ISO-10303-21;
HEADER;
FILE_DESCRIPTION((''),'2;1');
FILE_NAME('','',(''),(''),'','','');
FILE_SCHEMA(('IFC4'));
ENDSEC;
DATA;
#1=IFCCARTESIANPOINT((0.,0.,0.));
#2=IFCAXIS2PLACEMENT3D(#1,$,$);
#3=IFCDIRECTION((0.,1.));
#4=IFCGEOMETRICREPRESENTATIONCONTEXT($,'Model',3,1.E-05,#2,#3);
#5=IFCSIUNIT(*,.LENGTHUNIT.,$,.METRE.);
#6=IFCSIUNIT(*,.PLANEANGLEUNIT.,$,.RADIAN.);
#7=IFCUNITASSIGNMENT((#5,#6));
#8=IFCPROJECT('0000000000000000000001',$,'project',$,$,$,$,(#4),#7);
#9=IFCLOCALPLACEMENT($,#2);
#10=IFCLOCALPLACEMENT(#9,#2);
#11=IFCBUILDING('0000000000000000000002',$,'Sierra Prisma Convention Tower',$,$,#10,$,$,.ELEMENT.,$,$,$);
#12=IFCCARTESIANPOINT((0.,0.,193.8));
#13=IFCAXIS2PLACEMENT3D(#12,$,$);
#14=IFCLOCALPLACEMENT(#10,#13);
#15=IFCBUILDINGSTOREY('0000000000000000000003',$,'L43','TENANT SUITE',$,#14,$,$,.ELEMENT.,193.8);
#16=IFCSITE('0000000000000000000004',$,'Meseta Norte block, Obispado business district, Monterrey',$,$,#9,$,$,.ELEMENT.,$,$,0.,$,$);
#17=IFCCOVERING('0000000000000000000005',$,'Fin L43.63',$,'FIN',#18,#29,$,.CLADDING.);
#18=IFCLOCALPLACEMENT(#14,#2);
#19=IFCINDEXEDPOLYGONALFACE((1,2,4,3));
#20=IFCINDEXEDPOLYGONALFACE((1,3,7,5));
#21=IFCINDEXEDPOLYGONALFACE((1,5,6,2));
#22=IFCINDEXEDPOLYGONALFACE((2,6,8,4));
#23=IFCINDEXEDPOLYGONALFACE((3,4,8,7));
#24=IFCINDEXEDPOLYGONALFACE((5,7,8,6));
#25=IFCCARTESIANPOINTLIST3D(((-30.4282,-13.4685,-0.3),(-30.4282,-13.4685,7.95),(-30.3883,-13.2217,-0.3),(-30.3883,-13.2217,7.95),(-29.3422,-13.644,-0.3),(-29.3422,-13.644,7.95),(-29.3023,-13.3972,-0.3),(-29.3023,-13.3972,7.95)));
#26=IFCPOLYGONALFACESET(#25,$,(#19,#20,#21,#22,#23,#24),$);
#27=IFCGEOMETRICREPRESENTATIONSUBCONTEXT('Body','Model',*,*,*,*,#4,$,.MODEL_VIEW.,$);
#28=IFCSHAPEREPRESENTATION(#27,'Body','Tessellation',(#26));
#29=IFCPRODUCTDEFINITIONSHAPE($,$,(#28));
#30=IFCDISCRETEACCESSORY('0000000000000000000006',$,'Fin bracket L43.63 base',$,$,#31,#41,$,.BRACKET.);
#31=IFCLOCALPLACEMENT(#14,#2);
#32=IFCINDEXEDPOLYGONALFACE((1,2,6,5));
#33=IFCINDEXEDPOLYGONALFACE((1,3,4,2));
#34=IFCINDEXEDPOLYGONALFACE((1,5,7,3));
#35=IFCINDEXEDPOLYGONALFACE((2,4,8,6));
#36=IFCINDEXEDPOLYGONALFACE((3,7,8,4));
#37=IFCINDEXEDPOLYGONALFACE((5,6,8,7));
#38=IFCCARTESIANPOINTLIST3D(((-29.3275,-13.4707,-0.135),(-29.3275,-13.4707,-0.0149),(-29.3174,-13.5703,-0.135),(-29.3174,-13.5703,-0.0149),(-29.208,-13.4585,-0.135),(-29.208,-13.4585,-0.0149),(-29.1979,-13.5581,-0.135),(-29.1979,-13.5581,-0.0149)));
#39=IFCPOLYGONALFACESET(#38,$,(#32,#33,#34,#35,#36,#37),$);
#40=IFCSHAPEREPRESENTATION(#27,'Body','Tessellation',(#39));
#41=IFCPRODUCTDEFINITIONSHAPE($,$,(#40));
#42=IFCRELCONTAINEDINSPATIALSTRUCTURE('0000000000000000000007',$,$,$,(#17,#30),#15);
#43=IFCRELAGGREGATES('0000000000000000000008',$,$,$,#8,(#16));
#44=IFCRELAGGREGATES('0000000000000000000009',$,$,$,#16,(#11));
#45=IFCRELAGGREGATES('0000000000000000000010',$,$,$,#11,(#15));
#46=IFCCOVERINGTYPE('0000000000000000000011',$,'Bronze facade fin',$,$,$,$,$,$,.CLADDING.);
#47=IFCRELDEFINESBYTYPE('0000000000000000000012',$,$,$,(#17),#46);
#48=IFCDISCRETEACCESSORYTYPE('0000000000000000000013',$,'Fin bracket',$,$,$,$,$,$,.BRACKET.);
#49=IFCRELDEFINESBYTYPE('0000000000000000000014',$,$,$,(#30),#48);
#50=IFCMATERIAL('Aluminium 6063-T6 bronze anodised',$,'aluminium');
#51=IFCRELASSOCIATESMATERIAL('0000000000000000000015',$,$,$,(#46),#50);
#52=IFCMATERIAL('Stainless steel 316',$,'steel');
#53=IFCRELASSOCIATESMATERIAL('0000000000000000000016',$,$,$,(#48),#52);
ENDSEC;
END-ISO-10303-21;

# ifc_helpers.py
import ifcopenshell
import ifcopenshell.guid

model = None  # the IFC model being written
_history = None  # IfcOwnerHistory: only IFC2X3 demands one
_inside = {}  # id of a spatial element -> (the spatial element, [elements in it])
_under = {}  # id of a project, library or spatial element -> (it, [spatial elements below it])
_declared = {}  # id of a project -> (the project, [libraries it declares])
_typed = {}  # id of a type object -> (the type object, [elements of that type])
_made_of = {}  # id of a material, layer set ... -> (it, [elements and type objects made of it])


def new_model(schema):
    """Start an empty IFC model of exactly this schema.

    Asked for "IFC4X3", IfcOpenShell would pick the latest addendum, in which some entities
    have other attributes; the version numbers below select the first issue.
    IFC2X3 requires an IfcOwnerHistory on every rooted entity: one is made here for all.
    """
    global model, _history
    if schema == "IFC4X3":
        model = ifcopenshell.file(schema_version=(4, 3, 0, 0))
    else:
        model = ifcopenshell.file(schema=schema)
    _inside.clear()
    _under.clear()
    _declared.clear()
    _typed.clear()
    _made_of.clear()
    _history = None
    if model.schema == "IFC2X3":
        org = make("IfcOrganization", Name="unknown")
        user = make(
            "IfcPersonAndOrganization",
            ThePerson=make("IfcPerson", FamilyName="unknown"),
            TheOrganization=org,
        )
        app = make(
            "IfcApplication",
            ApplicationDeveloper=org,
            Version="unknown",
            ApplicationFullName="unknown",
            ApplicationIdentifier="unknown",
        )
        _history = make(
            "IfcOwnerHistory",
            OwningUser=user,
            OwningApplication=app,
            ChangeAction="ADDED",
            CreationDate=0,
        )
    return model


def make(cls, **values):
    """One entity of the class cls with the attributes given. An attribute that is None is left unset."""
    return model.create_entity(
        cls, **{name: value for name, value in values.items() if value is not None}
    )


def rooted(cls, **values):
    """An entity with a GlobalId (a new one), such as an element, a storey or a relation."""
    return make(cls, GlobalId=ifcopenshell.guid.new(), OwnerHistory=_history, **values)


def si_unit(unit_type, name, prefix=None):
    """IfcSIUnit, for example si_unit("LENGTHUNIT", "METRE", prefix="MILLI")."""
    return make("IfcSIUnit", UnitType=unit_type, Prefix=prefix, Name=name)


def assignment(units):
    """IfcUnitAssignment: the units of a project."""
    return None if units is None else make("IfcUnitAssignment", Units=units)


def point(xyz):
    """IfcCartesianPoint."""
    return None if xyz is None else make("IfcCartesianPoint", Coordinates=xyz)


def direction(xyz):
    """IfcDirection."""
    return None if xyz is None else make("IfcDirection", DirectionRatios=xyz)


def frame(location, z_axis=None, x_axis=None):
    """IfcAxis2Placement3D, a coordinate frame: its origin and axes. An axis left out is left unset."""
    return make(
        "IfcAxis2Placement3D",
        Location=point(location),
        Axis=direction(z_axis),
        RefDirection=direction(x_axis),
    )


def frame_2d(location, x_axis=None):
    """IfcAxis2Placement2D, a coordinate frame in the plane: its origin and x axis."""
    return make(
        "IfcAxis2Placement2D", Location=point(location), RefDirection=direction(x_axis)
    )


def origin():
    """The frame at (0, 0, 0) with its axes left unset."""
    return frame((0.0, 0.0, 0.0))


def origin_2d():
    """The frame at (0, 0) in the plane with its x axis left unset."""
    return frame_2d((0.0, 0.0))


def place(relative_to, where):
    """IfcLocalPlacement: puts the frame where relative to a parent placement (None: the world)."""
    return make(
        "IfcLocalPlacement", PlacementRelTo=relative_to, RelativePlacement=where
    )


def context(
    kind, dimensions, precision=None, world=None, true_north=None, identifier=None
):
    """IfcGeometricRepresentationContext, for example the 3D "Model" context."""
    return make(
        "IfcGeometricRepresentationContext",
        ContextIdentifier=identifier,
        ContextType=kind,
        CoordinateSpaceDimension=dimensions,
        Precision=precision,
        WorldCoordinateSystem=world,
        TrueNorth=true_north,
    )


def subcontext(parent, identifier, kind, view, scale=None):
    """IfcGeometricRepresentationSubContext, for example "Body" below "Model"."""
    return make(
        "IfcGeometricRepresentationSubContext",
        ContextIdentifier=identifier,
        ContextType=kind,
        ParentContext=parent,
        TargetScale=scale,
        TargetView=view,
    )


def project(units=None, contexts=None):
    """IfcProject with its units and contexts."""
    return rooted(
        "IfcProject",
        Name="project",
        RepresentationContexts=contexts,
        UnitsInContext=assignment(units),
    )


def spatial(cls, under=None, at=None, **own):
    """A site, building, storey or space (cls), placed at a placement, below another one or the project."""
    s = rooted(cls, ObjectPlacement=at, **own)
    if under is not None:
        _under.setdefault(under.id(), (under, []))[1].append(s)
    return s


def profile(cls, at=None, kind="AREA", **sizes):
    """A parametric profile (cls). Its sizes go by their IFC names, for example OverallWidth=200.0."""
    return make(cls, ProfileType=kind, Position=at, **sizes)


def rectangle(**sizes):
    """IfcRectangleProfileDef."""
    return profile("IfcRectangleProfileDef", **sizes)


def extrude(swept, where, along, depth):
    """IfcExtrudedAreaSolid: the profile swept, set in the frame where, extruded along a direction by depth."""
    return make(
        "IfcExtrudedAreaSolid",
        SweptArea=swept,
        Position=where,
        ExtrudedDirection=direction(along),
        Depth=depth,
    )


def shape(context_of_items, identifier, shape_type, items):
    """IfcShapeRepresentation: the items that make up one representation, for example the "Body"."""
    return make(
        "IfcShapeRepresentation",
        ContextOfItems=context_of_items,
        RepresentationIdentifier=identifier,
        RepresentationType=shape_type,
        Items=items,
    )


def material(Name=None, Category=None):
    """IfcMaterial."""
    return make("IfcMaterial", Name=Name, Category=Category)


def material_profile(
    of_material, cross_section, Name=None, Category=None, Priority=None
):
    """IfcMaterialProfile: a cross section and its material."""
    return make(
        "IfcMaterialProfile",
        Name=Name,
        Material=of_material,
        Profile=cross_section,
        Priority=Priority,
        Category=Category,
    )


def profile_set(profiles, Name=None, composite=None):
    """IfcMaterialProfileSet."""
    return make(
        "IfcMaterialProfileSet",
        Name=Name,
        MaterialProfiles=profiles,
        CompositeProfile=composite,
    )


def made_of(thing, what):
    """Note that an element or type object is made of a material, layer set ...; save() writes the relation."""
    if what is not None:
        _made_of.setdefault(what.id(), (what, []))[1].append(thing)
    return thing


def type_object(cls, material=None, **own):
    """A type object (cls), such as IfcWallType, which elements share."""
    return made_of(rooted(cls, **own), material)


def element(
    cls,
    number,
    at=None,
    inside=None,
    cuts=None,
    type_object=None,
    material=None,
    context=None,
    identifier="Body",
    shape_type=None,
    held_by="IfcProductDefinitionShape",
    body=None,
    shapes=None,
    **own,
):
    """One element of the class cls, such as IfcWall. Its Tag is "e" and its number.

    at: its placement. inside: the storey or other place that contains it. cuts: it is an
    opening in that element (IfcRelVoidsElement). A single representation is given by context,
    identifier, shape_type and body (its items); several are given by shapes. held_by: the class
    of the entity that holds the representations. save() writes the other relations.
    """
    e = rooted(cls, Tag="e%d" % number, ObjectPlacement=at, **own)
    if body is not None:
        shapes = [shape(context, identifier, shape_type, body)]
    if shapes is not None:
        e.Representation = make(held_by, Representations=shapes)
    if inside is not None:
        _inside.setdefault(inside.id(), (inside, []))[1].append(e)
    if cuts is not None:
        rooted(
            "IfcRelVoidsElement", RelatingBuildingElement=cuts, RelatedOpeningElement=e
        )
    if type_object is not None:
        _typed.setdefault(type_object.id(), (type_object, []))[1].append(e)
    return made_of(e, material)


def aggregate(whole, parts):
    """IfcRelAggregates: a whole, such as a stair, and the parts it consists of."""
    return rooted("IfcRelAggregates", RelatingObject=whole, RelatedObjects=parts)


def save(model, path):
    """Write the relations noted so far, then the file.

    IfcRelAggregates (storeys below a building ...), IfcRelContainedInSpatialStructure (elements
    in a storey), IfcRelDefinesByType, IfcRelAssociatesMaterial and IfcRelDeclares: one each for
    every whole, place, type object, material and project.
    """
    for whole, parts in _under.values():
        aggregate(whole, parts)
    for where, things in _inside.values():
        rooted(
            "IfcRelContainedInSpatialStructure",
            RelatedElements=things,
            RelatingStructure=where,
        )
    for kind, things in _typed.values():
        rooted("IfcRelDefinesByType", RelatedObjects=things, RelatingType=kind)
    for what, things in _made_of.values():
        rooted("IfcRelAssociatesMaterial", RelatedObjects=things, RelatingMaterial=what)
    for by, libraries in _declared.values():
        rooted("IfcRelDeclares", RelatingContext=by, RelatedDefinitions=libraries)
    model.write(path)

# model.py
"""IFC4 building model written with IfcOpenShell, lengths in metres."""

from ifc_helpers import new_model, si_unit, direction, frame, origin, origin_2d, place, context, subcontext, project, spatial, rectangle, extrude, material, material_profile, profile_set, type_object, element, save


model = new_model("IFC4")

# Units and contexts
model_context = context("Model", 3, precision=1e-05, world=origin(), true_north=direction((0.0, 1.0)))
body_context = subcontext(model_context, "Body", "Model", "MODEL_VIEW")
ifc_project = project(units=[si_unit("LENGTHUNIT", "METRE"), si_unit("PLANEANGLEUNIT", "RADIAN")], contexts=[model_context])

# Site, building, storey
site_placement = place(None, origin())
site = spatial("IfcSite", under=ifc_project, at=site_placement, Name="Meseta Norte block, Obispado business district, Monterrey", CompositionType="ELEMENT", RefElevation=0.0)
building_placement = place(site_placement, origin())
building = spatial("IfcBuilding", under=site, at=building_placement, Name="Sierra Prisma Convention Tower", CompositionType="ELEMENT")
storey_placement = place(building_placement, frame((0.0, 0.0, 193.8)))
storey = spatial("IfcBuildingStorey", under=building, at=storey_placement, Name="L43", Description="TENANT SUITE", CompositionType="ELEMENT", Elevation=193.8)

# Covering
ifc_material_1 = material(Name="Aluminium 6063-T6 bronze anodised", Category="aluminium")
ifc_material_profile_1 = material_profile(ifc_material_1, rectangle(XDim=1.1001, YDim=0.25, at=origin_2d()), Name="ALU FIN 1100x250")
ifc_profile_set_1 = profile_set([ifc_material_profile_1], Name="Aluminium 6063-T6 bronze anodised")
covering_type = type_object("IfcCoveringType", Name="Bronze facade fin", PredefinedType="CLADDING", material=ifc_profile_set_1)
covering_placement = place(storey_placement, frame((-29.8652, -13.4329, -0.3), z_axis=(0.0, 0.0, 1.0), x_axis=(-0.987199, 0.159492, 0.0)))
element("IfcCovering", 1, at=covering_placement, inside=storey, type_object=covering_type, Name="Fin L43.63", ObjectType="FIN", PredefinedType="CLADDING", context=body_context, shape_type="SweptSolid", body=[
    extrude(rectangle(XDim=1.1001, YDim=0.25, at=origin_2d()), origin(), (0.0, 0.0, 1.0), 8.25),
])

# Discrete accessory
ifc_material_2 = material(Name="Stainless steel 316", Category="steel")
discrete_accessory_type = type_object("IfcDiscreteAccessoryType", Name="Fin bracket", PredefinedType="BRACKET", material=ifc_material_2)
discrete_accessory_placement = place(storey_placement, frame((-29.2627, -13.5144, -0.135), z_axis=(0.0, 0.0, 1.0), x_axis=(-0.994841, -0.101448, 0.0)))
element("IfcDiscreteAccessory", 2, at=discrete_accessory_placement, inside=storey, type_object=discrete_accessory_type, Name="Fin bracket L43.63 base", PredefinedType="BRACKET", context=body_context, shape_type="SweptSolid", body=[
    extrude(rectangle(XDim=0.1201, YDim=0.1001, at=origin_2d()), origin(), (0.0, 0.0, 1.0), 0.1201),
])

save(model, "model.ifc")
